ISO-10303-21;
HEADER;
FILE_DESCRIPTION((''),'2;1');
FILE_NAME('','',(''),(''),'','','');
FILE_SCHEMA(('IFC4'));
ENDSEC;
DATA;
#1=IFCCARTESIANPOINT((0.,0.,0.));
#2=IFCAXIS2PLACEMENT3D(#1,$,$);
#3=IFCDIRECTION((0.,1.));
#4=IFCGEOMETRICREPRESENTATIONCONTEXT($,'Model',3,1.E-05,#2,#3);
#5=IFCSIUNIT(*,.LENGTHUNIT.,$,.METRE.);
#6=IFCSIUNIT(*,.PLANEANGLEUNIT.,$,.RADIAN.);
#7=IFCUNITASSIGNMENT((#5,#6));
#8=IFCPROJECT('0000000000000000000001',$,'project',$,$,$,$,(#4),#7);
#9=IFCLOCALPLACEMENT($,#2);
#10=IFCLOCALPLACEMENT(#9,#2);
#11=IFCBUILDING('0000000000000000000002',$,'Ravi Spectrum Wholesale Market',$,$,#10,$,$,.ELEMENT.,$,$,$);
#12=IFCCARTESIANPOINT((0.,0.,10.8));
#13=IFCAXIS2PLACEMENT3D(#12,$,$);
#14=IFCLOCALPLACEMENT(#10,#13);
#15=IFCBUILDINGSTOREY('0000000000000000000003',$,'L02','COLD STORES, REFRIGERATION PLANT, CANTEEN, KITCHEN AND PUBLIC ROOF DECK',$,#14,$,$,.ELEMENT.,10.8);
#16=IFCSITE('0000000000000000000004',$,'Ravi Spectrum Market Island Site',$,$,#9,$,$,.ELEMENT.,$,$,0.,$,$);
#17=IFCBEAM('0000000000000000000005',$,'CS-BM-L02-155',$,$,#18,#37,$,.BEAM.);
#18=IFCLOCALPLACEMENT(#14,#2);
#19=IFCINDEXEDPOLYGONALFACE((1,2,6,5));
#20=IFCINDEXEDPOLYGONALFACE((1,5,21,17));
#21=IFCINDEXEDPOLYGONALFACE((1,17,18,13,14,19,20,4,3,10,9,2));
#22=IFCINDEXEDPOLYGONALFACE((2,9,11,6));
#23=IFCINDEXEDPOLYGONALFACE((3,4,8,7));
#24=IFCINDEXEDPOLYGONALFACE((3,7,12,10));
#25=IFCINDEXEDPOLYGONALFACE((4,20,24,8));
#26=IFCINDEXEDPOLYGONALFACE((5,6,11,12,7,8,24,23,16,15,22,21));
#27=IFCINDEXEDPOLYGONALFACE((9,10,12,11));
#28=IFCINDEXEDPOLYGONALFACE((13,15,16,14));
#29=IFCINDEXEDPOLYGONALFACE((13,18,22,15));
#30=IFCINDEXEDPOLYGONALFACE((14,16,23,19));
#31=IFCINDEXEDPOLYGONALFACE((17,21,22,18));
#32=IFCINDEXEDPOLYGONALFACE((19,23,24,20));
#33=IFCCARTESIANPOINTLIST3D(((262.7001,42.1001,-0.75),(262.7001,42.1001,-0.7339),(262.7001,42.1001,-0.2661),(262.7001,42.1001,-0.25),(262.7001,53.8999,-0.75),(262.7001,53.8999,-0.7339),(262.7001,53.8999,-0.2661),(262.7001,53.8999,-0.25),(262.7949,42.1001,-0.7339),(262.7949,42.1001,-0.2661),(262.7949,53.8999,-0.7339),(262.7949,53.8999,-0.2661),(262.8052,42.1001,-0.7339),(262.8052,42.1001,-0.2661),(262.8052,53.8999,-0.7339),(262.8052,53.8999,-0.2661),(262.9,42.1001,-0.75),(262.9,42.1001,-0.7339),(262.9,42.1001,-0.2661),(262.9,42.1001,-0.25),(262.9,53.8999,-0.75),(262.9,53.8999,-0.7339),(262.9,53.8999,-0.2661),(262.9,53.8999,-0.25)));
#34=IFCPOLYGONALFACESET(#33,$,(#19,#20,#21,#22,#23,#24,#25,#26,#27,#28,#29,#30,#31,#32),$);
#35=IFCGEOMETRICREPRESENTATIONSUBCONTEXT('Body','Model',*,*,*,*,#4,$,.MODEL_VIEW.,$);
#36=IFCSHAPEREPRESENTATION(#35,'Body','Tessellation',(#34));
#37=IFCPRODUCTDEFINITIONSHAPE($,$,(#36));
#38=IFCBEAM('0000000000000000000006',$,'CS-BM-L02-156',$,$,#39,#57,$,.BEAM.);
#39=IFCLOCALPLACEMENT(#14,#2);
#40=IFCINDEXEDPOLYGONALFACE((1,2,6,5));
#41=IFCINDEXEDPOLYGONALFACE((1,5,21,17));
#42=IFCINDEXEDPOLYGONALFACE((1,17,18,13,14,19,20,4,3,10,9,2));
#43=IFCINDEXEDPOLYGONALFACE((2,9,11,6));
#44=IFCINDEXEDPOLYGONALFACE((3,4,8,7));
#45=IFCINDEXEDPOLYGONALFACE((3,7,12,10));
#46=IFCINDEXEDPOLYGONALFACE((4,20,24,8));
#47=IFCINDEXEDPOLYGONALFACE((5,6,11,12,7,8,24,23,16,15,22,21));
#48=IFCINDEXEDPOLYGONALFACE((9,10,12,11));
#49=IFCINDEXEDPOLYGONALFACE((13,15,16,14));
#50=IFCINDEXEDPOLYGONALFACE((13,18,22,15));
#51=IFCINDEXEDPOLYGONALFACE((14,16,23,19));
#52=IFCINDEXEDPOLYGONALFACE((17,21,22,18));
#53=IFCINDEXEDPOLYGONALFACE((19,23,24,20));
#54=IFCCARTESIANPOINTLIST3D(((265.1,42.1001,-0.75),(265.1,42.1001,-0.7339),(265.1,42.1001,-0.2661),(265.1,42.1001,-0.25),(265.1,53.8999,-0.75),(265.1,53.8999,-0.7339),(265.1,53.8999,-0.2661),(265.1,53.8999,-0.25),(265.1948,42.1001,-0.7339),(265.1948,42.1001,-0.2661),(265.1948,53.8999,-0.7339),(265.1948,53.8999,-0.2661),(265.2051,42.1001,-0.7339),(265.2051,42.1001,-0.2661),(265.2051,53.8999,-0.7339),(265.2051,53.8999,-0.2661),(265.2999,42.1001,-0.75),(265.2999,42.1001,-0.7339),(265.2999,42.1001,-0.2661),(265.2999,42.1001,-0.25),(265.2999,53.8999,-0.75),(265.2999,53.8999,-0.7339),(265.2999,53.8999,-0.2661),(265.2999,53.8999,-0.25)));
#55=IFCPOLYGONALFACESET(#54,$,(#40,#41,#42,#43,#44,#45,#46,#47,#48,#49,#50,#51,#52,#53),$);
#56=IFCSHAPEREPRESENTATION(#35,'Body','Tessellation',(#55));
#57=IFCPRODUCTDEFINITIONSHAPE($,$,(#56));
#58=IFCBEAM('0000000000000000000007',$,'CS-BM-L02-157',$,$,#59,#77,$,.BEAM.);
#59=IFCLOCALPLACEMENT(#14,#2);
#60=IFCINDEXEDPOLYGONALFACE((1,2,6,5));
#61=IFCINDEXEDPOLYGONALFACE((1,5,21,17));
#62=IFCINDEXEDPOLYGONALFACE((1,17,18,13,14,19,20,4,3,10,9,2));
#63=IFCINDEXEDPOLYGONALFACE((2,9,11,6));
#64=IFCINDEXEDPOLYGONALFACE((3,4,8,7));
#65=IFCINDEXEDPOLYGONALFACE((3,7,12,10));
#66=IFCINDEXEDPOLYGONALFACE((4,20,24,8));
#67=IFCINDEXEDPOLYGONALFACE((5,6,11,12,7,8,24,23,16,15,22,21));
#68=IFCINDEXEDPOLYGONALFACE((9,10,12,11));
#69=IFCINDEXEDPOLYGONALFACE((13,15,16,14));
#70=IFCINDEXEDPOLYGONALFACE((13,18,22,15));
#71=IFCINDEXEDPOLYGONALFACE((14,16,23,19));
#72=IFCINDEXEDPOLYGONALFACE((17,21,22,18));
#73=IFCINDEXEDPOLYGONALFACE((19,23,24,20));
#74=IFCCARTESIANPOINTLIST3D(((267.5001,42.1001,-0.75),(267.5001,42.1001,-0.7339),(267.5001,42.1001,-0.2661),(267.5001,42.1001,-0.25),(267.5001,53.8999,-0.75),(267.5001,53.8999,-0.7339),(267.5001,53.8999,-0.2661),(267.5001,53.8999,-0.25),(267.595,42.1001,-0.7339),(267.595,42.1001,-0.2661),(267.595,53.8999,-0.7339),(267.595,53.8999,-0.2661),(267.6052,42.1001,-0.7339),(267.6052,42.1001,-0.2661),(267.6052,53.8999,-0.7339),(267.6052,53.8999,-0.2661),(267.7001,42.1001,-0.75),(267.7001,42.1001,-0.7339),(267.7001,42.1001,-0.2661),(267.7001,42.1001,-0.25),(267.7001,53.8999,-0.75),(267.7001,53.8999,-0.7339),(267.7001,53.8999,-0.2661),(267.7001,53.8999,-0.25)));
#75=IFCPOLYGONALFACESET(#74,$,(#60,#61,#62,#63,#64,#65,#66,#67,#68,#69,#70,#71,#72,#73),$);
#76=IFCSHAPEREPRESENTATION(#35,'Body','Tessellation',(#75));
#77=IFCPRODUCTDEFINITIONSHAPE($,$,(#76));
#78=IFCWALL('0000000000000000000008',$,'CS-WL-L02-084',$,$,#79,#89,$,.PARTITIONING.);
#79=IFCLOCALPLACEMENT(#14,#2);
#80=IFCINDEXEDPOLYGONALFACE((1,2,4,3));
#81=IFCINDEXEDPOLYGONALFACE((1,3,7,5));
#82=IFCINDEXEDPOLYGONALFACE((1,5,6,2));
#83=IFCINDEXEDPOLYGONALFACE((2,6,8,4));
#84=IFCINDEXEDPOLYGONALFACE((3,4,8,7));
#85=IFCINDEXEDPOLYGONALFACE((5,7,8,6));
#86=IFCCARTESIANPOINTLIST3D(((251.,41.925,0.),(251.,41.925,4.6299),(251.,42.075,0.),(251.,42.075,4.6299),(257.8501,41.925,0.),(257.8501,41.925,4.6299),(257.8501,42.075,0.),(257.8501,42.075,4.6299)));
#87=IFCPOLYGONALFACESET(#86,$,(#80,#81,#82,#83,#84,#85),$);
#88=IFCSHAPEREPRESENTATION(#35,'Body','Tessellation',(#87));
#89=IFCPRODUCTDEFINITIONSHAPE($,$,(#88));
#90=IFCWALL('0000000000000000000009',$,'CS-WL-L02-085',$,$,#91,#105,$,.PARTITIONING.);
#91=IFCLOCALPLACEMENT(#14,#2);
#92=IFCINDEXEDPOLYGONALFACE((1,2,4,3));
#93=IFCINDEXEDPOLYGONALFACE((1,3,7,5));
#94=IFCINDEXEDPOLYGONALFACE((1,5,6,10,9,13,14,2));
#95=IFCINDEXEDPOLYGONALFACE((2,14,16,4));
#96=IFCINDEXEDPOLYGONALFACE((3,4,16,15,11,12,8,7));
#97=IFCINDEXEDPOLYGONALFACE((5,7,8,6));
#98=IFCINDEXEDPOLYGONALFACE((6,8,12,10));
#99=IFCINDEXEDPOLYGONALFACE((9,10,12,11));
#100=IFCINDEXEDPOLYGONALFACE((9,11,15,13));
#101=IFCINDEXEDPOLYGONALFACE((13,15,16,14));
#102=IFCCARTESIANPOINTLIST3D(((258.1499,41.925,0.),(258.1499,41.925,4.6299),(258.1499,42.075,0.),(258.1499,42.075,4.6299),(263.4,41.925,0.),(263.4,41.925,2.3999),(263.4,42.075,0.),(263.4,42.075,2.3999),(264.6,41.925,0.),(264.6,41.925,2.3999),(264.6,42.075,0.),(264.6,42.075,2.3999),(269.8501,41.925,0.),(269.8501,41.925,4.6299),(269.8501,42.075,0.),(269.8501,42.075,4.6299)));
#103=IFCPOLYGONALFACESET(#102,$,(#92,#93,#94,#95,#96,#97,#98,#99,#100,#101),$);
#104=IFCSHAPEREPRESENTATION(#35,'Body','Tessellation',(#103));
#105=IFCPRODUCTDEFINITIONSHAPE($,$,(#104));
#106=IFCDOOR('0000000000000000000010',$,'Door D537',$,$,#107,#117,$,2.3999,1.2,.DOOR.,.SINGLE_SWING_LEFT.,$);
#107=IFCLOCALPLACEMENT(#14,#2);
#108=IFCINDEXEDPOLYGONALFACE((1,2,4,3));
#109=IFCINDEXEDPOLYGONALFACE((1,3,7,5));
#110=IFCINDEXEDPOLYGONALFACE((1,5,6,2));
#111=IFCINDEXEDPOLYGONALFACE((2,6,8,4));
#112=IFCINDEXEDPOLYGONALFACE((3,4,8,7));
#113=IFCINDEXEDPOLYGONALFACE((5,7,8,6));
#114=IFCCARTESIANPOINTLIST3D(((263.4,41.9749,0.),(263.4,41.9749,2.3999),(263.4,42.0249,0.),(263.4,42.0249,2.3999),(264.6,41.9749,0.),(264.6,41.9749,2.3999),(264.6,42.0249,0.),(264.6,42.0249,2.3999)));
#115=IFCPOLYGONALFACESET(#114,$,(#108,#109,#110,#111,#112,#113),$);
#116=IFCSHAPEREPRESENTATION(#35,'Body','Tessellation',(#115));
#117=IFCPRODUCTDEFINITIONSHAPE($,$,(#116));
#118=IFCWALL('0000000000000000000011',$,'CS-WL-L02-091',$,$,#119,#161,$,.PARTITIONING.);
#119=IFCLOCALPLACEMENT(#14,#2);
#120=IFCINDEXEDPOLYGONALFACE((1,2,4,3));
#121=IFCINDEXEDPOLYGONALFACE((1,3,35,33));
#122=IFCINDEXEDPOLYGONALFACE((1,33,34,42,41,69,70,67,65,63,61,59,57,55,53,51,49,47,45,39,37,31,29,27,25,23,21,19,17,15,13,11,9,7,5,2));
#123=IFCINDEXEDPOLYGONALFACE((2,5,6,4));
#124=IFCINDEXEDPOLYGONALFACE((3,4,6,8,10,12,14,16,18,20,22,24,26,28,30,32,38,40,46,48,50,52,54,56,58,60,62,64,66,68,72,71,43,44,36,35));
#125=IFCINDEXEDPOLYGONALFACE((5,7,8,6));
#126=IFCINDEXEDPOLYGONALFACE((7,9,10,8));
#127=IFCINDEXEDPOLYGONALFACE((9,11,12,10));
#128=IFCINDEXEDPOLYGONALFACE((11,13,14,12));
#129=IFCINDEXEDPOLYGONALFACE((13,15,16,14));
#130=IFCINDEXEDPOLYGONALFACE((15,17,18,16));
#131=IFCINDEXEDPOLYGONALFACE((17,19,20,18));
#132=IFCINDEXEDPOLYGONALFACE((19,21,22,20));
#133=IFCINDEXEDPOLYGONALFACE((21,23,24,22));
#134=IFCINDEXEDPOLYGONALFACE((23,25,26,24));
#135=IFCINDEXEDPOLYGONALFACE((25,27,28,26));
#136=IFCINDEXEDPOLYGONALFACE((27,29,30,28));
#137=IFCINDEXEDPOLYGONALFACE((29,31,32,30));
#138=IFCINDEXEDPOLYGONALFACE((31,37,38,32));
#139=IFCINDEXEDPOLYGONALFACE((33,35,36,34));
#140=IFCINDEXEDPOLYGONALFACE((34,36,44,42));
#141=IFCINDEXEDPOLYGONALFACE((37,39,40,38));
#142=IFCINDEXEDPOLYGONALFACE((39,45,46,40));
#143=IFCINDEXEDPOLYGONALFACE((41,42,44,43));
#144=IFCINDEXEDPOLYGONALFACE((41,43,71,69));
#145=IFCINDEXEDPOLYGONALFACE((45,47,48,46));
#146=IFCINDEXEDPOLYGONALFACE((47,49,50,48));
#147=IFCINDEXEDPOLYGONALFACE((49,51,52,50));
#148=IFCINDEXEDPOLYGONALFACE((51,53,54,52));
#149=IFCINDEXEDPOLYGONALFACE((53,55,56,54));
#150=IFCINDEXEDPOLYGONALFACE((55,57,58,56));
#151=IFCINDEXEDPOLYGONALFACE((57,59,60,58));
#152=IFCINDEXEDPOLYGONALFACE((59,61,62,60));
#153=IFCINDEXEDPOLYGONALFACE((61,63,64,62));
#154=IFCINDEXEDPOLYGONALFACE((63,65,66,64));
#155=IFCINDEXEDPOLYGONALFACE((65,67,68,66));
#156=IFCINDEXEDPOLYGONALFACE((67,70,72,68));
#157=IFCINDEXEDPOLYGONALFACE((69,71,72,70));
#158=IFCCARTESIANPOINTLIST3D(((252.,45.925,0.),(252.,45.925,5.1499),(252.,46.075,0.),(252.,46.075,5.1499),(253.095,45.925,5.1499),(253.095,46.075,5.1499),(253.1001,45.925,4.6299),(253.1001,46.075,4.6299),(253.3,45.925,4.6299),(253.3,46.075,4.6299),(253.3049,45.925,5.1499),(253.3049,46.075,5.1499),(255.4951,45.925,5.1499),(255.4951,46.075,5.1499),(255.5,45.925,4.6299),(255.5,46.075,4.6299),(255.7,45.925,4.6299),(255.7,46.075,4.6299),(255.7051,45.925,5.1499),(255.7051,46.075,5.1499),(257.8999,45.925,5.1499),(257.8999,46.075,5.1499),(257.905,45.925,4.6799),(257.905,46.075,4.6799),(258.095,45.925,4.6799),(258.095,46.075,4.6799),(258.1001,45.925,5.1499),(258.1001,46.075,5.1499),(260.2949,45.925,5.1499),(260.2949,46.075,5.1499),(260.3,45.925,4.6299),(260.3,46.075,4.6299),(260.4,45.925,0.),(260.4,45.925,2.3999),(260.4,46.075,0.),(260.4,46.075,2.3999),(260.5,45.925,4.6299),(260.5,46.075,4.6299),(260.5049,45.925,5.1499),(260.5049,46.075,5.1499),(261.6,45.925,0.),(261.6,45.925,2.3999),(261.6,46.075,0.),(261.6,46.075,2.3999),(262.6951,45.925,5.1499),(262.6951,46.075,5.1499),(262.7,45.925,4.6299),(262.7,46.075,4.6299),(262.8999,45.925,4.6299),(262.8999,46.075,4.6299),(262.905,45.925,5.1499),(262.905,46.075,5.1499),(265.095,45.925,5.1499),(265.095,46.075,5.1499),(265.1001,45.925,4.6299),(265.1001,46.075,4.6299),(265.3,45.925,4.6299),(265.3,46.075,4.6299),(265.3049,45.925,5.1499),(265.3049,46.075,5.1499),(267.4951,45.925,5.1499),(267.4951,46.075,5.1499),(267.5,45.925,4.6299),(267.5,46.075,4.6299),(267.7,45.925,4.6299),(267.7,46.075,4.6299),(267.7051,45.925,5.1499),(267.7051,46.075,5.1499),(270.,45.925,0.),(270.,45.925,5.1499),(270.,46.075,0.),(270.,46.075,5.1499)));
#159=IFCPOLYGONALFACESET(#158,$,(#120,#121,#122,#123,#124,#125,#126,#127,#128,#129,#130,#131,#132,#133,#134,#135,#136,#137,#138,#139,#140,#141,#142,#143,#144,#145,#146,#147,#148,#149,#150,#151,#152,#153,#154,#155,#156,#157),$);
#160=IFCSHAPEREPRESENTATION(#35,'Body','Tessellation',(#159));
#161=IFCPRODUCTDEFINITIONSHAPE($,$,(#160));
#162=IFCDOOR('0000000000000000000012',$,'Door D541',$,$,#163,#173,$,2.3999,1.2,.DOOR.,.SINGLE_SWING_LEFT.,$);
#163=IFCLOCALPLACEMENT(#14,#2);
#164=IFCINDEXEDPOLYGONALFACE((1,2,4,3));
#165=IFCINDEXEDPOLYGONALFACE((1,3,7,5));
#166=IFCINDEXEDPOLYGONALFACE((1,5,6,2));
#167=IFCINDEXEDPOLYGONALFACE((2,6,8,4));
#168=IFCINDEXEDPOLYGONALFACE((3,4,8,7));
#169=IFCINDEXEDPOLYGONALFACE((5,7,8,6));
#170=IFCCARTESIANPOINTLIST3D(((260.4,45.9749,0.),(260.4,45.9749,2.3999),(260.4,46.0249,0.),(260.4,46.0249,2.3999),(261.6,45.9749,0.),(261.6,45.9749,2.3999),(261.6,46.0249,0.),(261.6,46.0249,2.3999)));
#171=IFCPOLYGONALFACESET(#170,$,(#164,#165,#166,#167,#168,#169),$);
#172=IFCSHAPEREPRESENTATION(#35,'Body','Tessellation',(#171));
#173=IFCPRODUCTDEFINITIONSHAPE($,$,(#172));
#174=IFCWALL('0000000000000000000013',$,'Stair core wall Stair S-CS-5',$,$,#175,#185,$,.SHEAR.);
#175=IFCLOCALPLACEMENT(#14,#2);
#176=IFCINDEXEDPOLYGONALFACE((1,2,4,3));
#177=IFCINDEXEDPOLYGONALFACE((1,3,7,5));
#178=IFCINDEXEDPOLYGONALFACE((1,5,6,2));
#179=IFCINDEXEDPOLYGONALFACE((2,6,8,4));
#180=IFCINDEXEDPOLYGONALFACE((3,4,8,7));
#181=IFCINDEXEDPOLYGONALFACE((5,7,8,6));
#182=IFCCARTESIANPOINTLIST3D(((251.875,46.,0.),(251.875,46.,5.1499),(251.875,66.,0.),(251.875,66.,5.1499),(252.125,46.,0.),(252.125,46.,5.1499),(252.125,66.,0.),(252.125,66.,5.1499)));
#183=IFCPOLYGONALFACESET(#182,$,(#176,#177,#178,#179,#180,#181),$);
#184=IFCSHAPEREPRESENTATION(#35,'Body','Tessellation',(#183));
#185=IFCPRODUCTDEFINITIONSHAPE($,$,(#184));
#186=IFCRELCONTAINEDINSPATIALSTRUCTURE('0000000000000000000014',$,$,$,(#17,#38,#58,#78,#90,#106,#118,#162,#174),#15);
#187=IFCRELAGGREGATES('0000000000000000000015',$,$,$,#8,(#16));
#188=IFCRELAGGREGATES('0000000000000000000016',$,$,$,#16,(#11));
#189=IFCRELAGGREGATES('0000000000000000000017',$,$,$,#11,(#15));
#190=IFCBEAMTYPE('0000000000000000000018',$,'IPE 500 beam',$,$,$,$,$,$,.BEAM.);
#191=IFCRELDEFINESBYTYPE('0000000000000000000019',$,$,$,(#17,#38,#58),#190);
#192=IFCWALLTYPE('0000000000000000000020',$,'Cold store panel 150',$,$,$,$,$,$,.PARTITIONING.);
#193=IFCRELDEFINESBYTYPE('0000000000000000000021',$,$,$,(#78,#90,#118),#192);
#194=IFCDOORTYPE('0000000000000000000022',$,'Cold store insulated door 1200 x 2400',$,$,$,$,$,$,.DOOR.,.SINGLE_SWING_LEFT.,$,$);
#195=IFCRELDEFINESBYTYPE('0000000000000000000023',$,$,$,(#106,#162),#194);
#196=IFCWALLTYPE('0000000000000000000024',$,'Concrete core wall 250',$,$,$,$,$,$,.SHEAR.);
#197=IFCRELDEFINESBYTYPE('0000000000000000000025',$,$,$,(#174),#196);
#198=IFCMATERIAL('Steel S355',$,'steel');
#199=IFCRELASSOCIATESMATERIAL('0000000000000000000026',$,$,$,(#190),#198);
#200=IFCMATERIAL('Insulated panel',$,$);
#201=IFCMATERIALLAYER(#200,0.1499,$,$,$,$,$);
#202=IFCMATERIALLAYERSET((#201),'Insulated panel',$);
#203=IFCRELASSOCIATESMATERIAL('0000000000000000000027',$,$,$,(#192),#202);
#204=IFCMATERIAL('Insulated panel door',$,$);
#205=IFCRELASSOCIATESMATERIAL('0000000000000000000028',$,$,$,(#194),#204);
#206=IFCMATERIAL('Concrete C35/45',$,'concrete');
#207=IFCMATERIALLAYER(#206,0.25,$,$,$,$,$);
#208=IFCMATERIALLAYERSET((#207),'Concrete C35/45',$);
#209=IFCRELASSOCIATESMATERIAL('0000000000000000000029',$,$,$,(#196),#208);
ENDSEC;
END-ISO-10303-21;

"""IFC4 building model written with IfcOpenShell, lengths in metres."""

from ifc_helpers import new_model, si_unit, direction, frame, frame_2d, origin, origin_2d, place, context, subcontext, project, spatial, polyline, rectangle, i_section, outline, extrude, material, layer, layer_set, material_profile, profile_set, type_object, element, fill, save


model = new_model("IFC4")

# Units and contexts
model_context = context("Model", 3, precision=1e-05, world=origin(), true_north=direction((0.0, 1.0)))
body_context = subcontext(model_context, "Body", "Model", "MODEL_VIEW")
ifc_project = project(units=[si_unit("LENGTHUNIT", "METRE"), si_unit("PLANEANGLEUNIT", "RADIAN")], contexts=[model_context])

# Site, building, storey
site_placement = place(None, origin())
site = spatial("IfcSite", under=ifc_project, at=site_placement, Name="Ravi Spectrum Market Island Site", CompositionType="ELEMENT", RefElevation=0.0)
building_placement = place(site_placement, origin())
building = spatial("IfcBuilding", under=site, at=building_placement, Name="Ravi Spectrum Wholesale Market", CompositionType="ELEMENT")
storey_placement = place(building_placement, frame((0.0, 0.0, 10.8)))
storey = spatial("IfcBuildingStorey", under=building, at=storey_placement, Name="L02", Description="COLD STORES, REFRIGERATION PLANT, CANTEEN, KITCHEN AND PUBLIC ROOF DECK", CompositionType="ELEMENT", Elevation=10.8)

# Beams
ifc_material_1 = material(Name="Steel S355", Category="steel")
ifc_material_profile_1 = material_profile(ifc_material_1, i_section(OverallWidth=0.2, OverallDepth=0.5, WebThickness=0.0103, FlangeThickness=0.0161, at=origin_2d()))
ifc_profile_set_1 = profile_set([ifc_material_profile_1], Name="Steel S355")
beam_type_1 = type_object("IfcBeamType", Name="IPE 500 beam", PredefinedType="BEAM", material=ifc_profile_set_1)
for number, where, z_axis, x_axis, name in (
    (1, (262.8, 42.1001, -0.5), (0.0, 1.0, 0.0), (-1.0, 0.0, 0.0), "CS-BM-L02-155"),
    (2, (265.2, 42.1001, -0.5), (0.0, 1.0, 0.0), (-1.0, 0.0, 0.0), "CS-BM-L02-156"),
    (3, (267.6001, 42.1001, -0.5), (0.0, 1.0, 0.0), (-1.0, 0.0, 0.0), "CS-BM-L02-157"),
):
    element("IfcBeam", number, at=place(storey_placement, frame(where, z_axis=z_axis, x_axis=x_axis)), inside=storey, type_object=beam_type_1, Name=name, PredefinedType="BEAM", context=body_context, shape_type="SweptSolid", body=[
        extrude(i_section(OverallWidth=0.2, OverallDepth=0.5, WebThickness=0.0103, FlangeThickness=0.0161, at=origin_2d()), origin(), (0.0, 0.0, 1.0), 11.7998),
    ])

# Wall
ifc_material_2 = material(Name="Insulated panel")
ifc_layer_1 = layer(ifc_material_2, 0.1499)
ifc_layer_set_1 = layer_set([ifc_layer_1], Name="Insulated panel")
wall_type_1 = type_object("IfcWallType", Name="Cold store panel 150", PredefinedType="PARTITIONING", material=ifc_layer_set_1)
wall_1_placement = place(storey_placement, frame((251.0, 42.0, 0.0), z_axis=(0.0, 0.0, 1.0), x_axis=(1.0, 0.0, 0.0)))
element("IfcWall", 4, at=wall_1_placement, inside=storey, type_object=wall_type_1, Name="CS-WL-L02-084", PredefinedType="PARTITIONING", context=body_context, shape_type="SweptSolid", body=[
    extrude(rectangle(XDim=6.8501, YDim=0.1499, at=frame_2d((3.425, 0.0))), origin(), (0.0, 0.0, 1.0), 4.6299),
])

# Walls, openings, doors
wall_2_placement = place(storey_placement, frame((258.1499, 42.0, 0.0), z_axis=(0.0, 0.0, 1.0), x_axis=(1.0, 0.0, 0.0)))
wall_2 = element("IfcWall", 5, at=wall_2_placement, inside=storey, type_object=wall_type_1, Name="CS-WL-L02-085", PredefinedType="PARTITIONING", context=body_context, shape_type="SweptSolid", body=[
    extrude(rectangle(XDim=11.7002, YDim=0.1499, at=frame_2d((5.8501, 0.0))), origin(), (0.0, 0.0, 1.0), 4.6299),
])
opening_1_placement = place(wall_2_placement, frame((5.25, 0.0, 0.0)))
opening_1 = element("IfcOpeningElement", 6, at=opening_1_placement, cuts=wall_2, PredefinedType="OPENING", context=body_context, shape_type="SweptSolid", body=[
    extrude(rectangle(XDim=1.2, YDim=2.3999, at=frame_2d((0.6001, 1.2))), frame((0.0, 0.085, 0.0), z_axis=(0.0, -1.0, 0.0), x_axis=(1.0, 0.0, 0.0)), (0.0, 0.0, 1.0), 0.1699),
])
ifc_material_3 = material(Name="Insulated panel door")
door_type_1 = type_object("IfcDoorType", Name="Cold store insulated door 1200 x 2400", OperationType="SINGLE_SWING_LEFT", PredefinedType="DOOR", material=ifc_material_3)
door_1_placement = place(opening_1_placement, origin())
door_1 = element("IfcDoor", 7, at=door_1_placement, inside=storey, type_object=door_type_1, Name="Door D537", OperationType="SINGLE_SWING_LEFT", OverallHeight=2.3999, OverallWidth=1.2, PredefinedType="DOOR", context=body_context, shape_type="SweptSolid", body=[
    extrude(rectangle(XDim=1.2, YDim=2.3999, at=frame_2d((0.6001, 1.2))), frame((0.0, 0.0249, 0.0), z_axis=(0.0, -1.0, 0.0), x_axis=(1.0, 0.0, 0.0)), (0.0, 0.0, 1.0), 0.05),
])
fill(opening_1, door_1)
wall_3_placement = place(storey_placement, frame((252.0, 46.0, 0.0), z_axis=(0.0, 0.0, 1.0), x_axis=(1.0, 0.0, 0.0)))
wall_3 = element("IfcWall", 8, at=wall_3_placement, inside=storey, type_object=wall_type_1, Name="CS-WL-L02-091", PredefinedType="PARTITIONING", context=body_context, shape_type="SweptSolid", body=[
    extrude(outline(polyline([(0.0, 0.0), (18.0, 0.0), (18.0, 5.1499), (15.7051, 5.1499), (15.7, 4.6299), (15.5, 4.6299), (15.4951, 5.1499), (13.3049, 5.1499), (13.3, 4.6299), (13.1001, 4.6299), (13.095, 5.1499), (10.905, 5.1499), (10.8999, 4.6299), (10.7, 4.6299), (10.6951, 5.1499), (8.5049, 5.1499), (8.5, 4.6299), (8.3, 4.6299), (8.2949, 5.1499), (6.1001, 5.1499), (6.095, 4.6799), (5.905, 4.6799), (5.8999, 5.1499), (3.7051, 5.1499), (3.7, 4.6299), (3.5, 4.6299), (3.4951, 5.1499), (1.3049, 5.1499), (1.3, 4.6299), (1.1001, 4.6299), (1.095, 5.1499), (0.0, 5.1499), (0.0, 0.0)])), frame((0.0, 0.075, 0.0), z_axis=(0.0, -1.0, 0.0), x_axis=(1.0, 0.0, 0.0)), (0.0, 0.0, 1.0), 0.1499),
])
opening_2_placement = place(wall_3_placement, frame((8.3999, 0.0, 0.0)))
opening_2 = element("IfcOpeningElement", 9, at=opening_2_placement, cuts=wall_3, PredefinedType="OPENING", context=body_context, shape_type="SweptSolid", body=[
    extrude(rectangle(XDim=1.2, YDim=2.3999, at=frame_2d((0.6001, 1.2))), frame((0.0, 0.085, 0.0), z_axis=(0.0, -1.0, 0.0), x_axis=(1.0, 0.0, 0.0)), (0.0, 0.0, 1.0), 0.1699),
])
door_2_placement = place(opening_2_placement, origin())
door_2 = element("IfcDoor", 10, at=door_2_placement, inside=storey, type_object=door_type_1, Name="Door D541", OperationType="SINGLE_SWING_LEFT", OverallHeight=2.3999, OverallWidth=1.2, PredefinedType="DOOR", context=body_context, shape_type="SweptSolid", body=[
    extrude(rectangle(XDim=1.2, YDim=2.3999, at=frame_2d((0.6001, 1.2))), frame((0.0, 0.0249, 0.0), z_axis=(0.0, -1.0, 0.0), x_axis=(1.0, 0.0, 0.0)), (0.0, 0.0, 1.0), 0.05),
])
fill(opening_2, door_2)

# Wall
ifc_material_4 = material(Name="Concrete C35/45", Category="concrete")
ifc_layer_2 = layer(ifc_material_4, 0.25)
ifc_layer_set_2 = layer_set([ifc_layer_2], Name="Concrete C35/45")
wall_type_2 = type_object("IfcWallType", Name="Concrete core wall 250", PredefinedType="SHEAR", material=ifc_layer_set_2)
wall_4_placement = place(storey_placement, frame((252.0, 46.0, 0.0), z_axis=(0.0, 0.0, 1.0), x_axis=(0.0, 1.0, 0.0)))
element("IfcWall", 11, at=wall_4_placement, inside=storey, type_object=wall_type_2, Name="Stair core wall Stair S-CS-5", PredefinedType="SHEAR", context=body_context, shape_type="SweptSolid", body=[
    extrude(rectangle(XDim=20.0, YDim=0.25, at=frame_2d((10.0, 0.0))), origin(), (0.0, 0.0, 1.0), 5.1499),
])

save(model, "model.ifc")
